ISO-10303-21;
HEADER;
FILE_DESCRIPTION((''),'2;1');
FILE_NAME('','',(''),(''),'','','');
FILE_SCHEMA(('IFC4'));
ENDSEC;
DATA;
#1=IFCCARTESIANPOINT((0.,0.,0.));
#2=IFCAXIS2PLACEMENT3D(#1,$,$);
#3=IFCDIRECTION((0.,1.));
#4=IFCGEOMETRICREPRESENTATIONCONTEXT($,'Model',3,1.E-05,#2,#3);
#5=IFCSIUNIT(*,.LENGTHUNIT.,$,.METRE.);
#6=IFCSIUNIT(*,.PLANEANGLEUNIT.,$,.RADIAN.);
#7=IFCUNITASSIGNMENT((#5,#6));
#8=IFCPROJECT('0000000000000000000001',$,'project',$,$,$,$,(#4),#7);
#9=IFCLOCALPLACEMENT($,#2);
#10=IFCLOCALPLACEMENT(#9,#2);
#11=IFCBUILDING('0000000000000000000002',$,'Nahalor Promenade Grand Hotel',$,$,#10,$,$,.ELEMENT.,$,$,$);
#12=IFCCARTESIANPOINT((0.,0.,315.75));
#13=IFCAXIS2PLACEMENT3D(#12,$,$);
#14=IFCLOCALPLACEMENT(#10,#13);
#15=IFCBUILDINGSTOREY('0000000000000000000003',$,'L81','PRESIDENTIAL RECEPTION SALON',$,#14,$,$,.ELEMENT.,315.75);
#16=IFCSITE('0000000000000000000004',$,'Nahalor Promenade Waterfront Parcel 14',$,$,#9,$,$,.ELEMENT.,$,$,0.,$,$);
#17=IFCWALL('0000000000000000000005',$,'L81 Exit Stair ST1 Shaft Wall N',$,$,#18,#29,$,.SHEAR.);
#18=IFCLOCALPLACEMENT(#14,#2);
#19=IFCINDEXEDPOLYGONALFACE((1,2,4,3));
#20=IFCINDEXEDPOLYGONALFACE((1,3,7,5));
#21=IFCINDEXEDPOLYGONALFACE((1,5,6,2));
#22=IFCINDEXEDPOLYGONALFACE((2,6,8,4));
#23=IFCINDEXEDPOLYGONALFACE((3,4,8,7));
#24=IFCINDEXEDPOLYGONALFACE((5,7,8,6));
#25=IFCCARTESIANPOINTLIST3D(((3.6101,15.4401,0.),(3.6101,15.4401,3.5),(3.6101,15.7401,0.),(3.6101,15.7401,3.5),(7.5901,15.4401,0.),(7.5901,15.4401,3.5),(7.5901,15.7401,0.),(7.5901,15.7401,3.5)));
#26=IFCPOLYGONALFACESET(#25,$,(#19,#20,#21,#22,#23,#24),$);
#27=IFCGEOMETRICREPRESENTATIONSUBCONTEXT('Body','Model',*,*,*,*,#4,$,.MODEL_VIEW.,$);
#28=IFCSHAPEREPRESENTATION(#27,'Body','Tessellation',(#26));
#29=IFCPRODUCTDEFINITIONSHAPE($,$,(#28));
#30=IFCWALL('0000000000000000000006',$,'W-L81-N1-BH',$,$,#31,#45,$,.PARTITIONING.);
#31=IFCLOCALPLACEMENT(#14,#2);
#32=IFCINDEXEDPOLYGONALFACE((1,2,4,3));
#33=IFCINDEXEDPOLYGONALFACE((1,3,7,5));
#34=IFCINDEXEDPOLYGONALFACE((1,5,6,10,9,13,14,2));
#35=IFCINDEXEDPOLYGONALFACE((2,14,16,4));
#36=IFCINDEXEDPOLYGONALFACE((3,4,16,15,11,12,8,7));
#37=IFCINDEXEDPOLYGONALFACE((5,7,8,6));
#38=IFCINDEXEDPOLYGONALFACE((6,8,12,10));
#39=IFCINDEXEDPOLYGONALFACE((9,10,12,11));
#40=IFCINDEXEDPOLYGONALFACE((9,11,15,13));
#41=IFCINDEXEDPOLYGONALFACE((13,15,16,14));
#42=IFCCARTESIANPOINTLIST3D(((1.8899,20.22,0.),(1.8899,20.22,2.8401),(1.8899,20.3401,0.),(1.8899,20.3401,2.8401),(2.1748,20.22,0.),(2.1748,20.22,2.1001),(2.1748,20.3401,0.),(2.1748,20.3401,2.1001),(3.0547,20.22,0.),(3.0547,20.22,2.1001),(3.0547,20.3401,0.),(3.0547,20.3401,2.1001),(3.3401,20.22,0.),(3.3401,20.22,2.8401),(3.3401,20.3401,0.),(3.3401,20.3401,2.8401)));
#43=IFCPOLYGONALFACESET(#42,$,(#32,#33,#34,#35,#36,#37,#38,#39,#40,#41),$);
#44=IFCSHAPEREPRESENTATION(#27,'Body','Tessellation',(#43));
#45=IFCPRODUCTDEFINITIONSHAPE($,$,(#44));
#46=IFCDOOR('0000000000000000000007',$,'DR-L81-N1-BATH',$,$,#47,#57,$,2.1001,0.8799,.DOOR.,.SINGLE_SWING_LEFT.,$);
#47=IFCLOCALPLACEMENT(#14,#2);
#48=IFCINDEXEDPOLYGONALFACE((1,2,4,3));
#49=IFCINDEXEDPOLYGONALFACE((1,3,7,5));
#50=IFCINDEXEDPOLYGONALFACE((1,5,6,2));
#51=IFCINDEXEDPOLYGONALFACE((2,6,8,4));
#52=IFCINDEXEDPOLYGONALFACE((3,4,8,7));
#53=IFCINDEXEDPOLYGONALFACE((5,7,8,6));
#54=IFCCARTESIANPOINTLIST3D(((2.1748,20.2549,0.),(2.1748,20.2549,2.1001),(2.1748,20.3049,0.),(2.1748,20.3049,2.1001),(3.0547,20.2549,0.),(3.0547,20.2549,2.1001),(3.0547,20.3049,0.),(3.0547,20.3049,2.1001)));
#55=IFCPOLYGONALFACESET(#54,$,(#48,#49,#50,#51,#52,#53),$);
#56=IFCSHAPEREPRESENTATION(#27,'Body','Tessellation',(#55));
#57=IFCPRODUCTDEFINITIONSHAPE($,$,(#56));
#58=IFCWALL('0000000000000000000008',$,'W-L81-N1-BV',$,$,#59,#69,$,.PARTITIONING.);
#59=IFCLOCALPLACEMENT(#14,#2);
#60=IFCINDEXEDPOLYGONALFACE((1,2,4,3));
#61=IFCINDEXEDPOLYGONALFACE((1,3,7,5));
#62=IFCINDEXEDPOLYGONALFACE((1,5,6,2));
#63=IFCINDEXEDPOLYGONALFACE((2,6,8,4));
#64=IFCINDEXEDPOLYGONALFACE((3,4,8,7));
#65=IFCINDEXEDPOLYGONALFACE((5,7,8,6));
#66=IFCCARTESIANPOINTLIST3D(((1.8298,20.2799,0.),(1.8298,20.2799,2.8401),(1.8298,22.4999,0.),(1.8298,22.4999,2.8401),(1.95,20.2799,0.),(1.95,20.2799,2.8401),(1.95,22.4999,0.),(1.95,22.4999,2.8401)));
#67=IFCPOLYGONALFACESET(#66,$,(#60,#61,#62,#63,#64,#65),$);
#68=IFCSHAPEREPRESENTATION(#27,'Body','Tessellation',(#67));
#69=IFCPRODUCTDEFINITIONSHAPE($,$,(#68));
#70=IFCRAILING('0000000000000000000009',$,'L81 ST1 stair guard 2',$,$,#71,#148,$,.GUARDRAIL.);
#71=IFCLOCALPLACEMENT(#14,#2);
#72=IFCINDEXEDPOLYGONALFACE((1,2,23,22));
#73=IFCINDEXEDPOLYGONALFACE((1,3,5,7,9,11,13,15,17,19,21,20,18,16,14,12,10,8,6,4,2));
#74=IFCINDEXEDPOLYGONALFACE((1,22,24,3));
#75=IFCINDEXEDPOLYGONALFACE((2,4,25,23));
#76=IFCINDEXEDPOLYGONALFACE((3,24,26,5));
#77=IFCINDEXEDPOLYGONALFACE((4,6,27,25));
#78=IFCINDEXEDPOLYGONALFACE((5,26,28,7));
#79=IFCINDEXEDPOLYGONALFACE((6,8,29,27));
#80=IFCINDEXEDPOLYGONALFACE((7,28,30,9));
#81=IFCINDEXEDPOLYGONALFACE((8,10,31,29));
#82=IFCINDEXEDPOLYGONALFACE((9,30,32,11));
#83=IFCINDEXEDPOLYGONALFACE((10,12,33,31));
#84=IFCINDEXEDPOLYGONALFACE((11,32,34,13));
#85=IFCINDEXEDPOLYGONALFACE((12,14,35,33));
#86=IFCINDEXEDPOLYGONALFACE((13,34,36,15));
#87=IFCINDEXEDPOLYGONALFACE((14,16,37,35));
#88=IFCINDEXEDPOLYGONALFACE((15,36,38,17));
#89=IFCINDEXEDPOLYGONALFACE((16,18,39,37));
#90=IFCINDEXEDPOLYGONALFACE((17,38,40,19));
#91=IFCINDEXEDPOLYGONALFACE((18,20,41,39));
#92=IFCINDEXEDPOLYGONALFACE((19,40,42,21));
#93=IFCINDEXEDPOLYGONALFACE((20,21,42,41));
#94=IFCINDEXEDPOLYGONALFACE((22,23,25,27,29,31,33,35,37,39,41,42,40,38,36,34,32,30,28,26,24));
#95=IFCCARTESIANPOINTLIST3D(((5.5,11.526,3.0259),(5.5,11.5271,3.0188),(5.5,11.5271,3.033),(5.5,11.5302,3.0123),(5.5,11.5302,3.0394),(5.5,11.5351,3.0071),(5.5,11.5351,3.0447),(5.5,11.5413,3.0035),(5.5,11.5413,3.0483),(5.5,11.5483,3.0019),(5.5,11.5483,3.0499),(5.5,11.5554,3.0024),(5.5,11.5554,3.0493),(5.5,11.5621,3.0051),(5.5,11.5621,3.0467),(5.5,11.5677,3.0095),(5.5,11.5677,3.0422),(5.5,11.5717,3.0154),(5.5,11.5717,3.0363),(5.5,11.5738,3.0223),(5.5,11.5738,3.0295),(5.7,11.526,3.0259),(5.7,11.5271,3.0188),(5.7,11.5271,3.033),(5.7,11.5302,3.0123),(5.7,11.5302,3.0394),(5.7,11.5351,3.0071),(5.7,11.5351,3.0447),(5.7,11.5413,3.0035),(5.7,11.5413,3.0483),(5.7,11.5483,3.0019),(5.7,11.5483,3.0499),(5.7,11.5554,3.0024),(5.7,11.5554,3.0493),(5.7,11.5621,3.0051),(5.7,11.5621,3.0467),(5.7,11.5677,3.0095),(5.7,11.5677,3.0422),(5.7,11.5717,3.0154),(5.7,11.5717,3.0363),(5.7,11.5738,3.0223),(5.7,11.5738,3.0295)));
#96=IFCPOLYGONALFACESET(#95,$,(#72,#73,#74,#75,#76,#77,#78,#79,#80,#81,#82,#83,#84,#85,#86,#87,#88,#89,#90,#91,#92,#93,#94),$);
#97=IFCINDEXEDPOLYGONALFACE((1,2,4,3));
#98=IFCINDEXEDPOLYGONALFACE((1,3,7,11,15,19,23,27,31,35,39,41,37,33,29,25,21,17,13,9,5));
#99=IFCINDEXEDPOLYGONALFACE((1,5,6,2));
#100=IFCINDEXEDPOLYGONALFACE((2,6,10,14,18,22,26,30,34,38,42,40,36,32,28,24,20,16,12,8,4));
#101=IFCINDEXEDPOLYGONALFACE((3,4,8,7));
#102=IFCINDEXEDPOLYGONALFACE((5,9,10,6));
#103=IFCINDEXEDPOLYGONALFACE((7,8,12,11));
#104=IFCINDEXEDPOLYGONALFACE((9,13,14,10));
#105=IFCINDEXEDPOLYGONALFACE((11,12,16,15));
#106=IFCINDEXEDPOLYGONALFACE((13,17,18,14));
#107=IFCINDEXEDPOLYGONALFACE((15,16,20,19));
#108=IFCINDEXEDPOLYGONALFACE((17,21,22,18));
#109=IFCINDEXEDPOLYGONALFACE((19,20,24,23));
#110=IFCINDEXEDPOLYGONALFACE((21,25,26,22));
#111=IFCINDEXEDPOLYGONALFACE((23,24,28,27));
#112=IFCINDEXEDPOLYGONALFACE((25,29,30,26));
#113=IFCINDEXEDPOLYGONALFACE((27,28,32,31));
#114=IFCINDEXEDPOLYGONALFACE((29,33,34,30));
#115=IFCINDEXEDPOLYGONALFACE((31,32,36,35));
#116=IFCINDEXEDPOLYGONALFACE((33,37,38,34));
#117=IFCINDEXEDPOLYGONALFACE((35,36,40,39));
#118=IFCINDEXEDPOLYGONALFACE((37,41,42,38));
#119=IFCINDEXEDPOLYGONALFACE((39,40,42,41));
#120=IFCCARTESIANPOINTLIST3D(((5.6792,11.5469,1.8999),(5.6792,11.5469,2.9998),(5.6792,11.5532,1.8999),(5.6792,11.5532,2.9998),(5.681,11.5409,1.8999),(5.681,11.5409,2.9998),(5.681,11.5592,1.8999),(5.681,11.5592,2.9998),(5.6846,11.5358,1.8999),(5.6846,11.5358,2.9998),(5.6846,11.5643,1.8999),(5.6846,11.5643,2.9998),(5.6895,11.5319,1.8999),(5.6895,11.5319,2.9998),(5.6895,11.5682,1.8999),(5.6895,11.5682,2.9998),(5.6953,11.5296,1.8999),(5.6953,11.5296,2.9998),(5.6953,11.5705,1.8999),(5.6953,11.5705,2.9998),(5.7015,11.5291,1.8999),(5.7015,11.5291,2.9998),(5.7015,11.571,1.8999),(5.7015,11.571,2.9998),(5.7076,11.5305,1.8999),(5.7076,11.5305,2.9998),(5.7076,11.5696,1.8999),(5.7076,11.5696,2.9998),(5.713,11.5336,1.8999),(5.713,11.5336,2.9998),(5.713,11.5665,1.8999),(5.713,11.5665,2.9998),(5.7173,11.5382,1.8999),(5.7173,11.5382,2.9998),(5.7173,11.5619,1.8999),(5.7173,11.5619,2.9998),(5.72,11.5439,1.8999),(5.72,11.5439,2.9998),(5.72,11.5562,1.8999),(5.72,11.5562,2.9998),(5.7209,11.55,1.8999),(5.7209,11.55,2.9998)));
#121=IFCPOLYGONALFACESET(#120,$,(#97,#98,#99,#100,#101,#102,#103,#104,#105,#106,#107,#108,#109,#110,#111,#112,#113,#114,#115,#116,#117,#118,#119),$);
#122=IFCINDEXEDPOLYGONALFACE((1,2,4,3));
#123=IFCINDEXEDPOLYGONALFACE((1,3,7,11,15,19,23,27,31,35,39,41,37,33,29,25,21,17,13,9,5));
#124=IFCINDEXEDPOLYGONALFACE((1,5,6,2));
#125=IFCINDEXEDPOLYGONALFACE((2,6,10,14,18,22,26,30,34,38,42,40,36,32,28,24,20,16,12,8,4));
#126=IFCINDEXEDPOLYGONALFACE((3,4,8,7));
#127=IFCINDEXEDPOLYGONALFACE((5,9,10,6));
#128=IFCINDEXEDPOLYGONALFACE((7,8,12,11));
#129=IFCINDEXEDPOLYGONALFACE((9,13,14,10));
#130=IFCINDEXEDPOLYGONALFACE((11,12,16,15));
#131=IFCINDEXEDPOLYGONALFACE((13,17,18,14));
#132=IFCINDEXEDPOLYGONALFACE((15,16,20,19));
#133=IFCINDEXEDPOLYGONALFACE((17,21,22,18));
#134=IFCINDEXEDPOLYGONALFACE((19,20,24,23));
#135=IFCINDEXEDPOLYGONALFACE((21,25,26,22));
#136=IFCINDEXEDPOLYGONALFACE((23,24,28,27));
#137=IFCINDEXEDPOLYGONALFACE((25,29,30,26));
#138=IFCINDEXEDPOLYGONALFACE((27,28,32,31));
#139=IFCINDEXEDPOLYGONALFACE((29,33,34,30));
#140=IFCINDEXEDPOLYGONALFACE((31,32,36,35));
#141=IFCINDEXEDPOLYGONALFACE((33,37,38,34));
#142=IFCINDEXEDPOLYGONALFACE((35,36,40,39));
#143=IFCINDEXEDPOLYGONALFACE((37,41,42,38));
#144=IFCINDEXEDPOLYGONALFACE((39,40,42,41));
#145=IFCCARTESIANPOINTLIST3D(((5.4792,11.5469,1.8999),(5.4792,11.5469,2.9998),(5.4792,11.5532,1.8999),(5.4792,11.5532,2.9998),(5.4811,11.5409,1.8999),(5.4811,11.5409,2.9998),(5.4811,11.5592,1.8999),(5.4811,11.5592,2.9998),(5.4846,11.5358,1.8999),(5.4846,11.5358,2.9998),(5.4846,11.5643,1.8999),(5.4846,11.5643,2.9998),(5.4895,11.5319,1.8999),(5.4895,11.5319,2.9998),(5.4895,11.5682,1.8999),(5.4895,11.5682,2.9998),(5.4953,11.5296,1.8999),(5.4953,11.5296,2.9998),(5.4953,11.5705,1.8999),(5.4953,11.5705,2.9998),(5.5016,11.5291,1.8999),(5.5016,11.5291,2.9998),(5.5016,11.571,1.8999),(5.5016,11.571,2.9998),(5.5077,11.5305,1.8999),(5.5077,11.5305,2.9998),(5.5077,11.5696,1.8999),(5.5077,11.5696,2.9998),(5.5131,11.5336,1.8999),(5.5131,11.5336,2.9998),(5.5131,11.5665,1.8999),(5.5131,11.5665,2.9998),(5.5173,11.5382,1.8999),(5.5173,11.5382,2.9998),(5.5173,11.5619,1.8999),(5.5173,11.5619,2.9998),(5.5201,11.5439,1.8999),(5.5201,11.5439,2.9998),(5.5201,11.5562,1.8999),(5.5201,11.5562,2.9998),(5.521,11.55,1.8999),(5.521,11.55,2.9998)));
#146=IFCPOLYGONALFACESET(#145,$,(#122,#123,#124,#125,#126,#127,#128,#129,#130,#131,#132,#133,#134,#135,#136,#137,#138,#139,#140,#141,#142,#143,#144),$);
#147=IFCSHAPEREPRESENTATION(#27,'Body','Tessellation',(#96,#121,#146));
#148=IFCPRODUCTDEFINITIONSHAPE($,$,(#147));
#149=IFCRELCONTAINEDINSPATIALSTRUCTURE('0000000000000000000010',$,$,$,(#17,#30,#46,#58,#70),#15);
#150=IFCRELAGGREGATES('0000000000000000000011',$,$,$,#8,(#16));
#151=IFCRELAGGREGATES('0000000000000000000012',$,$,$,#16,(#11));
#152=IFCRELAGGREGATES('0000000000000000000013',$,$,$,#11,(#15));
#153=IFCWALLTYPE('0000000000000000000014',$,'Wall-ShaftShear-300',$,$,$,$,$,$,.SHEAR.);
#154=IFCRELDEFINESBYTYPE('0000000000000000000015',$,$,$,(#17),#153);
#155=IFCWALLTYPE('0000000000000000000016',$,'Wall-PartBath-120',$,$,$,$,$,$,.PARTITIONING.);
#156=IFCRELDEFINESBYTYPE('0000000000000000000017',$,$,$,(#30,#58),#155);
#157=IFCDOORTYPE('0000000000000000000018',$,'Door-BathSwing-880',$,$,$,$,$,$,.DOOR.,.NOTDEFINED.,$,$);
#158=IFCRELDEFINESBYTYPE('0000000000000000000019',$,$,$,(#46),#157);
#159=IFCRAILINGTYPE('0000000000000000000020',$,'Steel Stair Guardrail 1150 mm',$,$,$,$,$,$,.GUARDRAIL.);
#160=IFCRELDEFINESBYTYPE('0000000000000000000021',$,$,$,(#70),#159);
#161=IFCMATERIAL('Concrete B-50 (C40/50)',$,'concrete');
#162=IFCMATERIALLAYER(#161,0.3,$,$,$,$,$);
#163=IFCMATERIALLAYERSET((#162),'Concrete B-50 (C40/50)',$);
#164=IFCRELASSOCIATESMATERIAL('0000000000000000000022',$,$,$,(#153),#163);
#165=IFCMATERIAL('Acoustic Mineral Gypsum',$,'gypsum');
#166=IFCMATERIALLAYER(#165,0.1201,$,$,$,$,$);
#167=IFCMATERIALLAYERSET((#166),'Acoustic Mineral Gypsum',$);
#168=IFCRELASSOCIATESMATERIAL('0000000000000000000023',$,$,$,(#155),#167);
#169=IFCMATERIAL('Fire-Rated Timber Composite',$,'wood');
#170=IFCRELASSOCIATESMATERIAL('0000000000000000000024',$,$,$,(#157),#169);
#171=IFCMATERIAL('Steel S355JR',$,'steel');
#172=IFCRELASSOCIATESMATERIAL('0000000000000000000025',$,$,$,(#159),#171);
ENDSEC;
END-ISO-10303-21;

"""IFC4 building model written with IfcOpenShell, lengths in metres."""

from ifc_helpers import new_model, si_unit, direction, frame, frame_2d, origin, origin_2d, place, context, subcontext, project, spatial, rectangle, circle, extrude, source, transform, mapped, material, layer, layer_set, type_object, element, fill, save


model = new_model("IFC4")

# Units and contexts
model_context = context("Model", 3, precision=1e-05, world=origin(), true_north=direction((0.0, 1.0)))
body_context = subcontext(model_context, "Body", "Model", "MODEL_VIEW")
ifc_project = project(units=[si_unit("LENGTHUNIT", "METRE"), si_unit("PLANEANGLEUNIT", "RADIAN")], contexts=[model_context])

# Site, building, storey
site_placement = place(None, origin())
site = spatial("IfcSite", under=ifc_project, at=site_placement, Name="Nahalor Promenade Waterfront Parcel 14", CompositionType="ELEMENT", RefElevation=0.0)
building_placement = place(site_placement, origin())
building = spatial("IfcBuilding", under=site, at=building_placement, Name="Nahalor Promenade Grand Hotel", CompositionType="ELEMENT")
storey_placement = place(building_placement, frame((0.0, 0.0, 315.75)))
storey = spatial("IfcBuildingStorey", under=building, at=storey_placement, Name="L81", Description="PRESIDENTIAL RECEPTION SALON", CompositionType="ELEMENT", Elevation=315.75)

# Shared definitions
ifc_material_1 = material(Name="Concrete B-50 (C40/50)", Category="concrete")
ifc_material_2 = material(Name="Steel S355JR", Category="steel")

# Wall
ifc_layer_1 = layer(ifc_material_1, 0.3)
ifc_layer_set_1 = layer_set([ifc_layer_1], Name="Concrete B-50 (C40/50)")
wall_type_1 = type_object("IfcWallType", Name="Wall-ShaftShear-300", PredefinedType="SHEAR", material=ifc_layer_set_1)
shared_shape_1 = source(origin(), body_context, "Body", "SweptSolid", [
    extrude(rectangle(XDim=3.98, YDim=0.3, at=frame_2d((1.99, 0.0))), origin(), (0.0, 0.0, 1.0), 3.5),
])
wall_1_placement = place(storey_placement, frame((3.6101, 15.5901, 0.0), z_axis=(0.0, 0.0, 1.0), x_axis=(1.0, 0.0, 0.0)))
element("IfcWall", 1, at=wall_1_placement, inside=storey, type_object=wall_type_1, Name="L81 Exit Stair ST1 Shaft Wall N", PredefinedType="SHEAR", context=body_context, shape_type="MappedRepresentation", body=[
    mapped(shared_shape_1, transform((0.0, 0.0, 0.0), scale=1.0)),
])

# Wall, opening, door
ifc_material_3 = material(Name="Acoustic Mineral Gypsum", Category="gypsum")
ifc_layer_2 = layer(ifc_material_3, 0.1201)
ifc_layer_set_2 = layer_set([ifc_layer_2], Name="Acoustic Mineral Gypsum")
wall_type_2 = type_object("IfcWallType", Name="Wall-PartBath-120", PredefinedType="PARTITIONING", material=ifc_layer_set_2)
shared_shape_2 = source(origin(), body_context, "Body", "SweptSolid", [
    extrude(rectangle(XDim=1.4502, YDim=0.1201, at=frame_2d((0.7251, 0.0))), origin(), (0.0, 0.0, 1.0), 2.8401),
])
wall_2_placement = place(storey_placement, frame((1.8899, 20.28, 0.0), z_axis=(0.0, 0.0, 1.0), x_axis=(1.0, 0.0, 0.0)))
wall_2 = element("IfcWall", 2, at=wall_2_placement, inside=storey, type_object=wall_type_2, Name="W-L81-N1-BH", PredefinedType="PARTITIONING", context=body_context, shape_type="MappedRepresentation", body=[
    mapped(shared_shape_2, transform((0.0, 0.0, 0.0), scale=1.0)),
])
opening_placement = place(wall_2_placement, frame((0.2849, 0.0, 0.0)))
opening = element("IfcOpeningElement", 3, at=opening_placement, cuts=wall_2, PredefinedType="OPENING", context=body_context, shape_type="SweptSolid", body=[
    extrude(rectangle(XDim=0.8799, YDim=2.1001, at=frame_2d((0.4399, 1.05))), frame((0.0, 0.0701, 0.0), z_axis=(0.0, -1.0, 0.0), x_axis=(1.0, 0.0, 0.0)), (0.0, 0.0, 1.0), 0.1401),
])
ifc_material_4 = material(Name="Fire-Rated Timber Composite", Category="wood")
door_type = type_object("IfcDoorType", Name="Door-BathSwing-880", OperationType="NOTDEFINED", PredefinedType="DOOR", material=ifc_material_4)
shared_shape_3 = source(origin(), body_context, "Body", "SweptSolid", [
    extrude(rectangle(XDim=0.8799, YDim=2.1001, at=frame_2d((0.4399, 1.05))), frame((0.0, 0.0249, 0.0), z_axis=(0.0, -1.0, 0.0), x_axis=(1.0, 0.0, 0.0)), (0.0, 0.0, 1.0), 0.05),
])
door_placement = place(opening_placement, origin())
door = element("IfcDoor", 4, at=door_placement, inside=storey, type_object=door_type, Name="DR-L81-N1-BATH", OperationType="SINGLE_SWING_LEFT", OverallHeight=2.1001, OverallWidth=0.8799, PredefinedType="DOOR", context=body_context, shape_type="MappedRepresentation", body=[
    mapped(shared_shape_3, transform((0.0, 0.0, 0.0), scale=1.0)),
])
fill(opening, door)

# Wall
shared_shape_4 = source(origin(), body_context, "Body", "SweptSolid", [
    extrude(rectangle(XDim=2.22, YDim=0.1201, at=frame_2d((1.1099, 0.0))), origin(), (0.0, 0.0, 1.0), 2.8401),
])
wall_3_placement = place(storey_placement, frame((1.8899, 20.28, 0.0), z_axis=(0.0, 0.0, 1.0), x_axis=(0.0, 1.0, 0.0)))
element("IfcWall", 5, at=wall_3_placement, inside=storey, type_object=wall_type_2, Name="W-L81-N1-BV", PredefinedType="PARTITIONING", context=body_context, shape_type="MappedRepresentation", body=[
    mapped(shared_shape_4, transform((0.0, 0.0, 0.0), scale=1.0)),
])

# Railing
railing_type = type_object("IfcRailingType", Name="Steel Stair Guardrail 1150 mm", PredefinedType="GUARDRAIL", material=ifc_material_2)
railing_1_placement = place(storey_placement, frame((5.7, 11.55, 1.8999)))
element("IfcRailing", 6, at=railing_1_placement, inside=storey, type_object=railing_type, Name="L81 ST1 stair guard 2", PredefinedType="GUARDRAIL", context=body_context, shape_type="SweptSolid", body=[
    extrude(circle(Radius=0.024, at=origin_2d()), frame((0.0, 0.0, 1.126), z_axis=(-1.0, 0.0, 0.0), x_axis=(0.0, -1.0, 0.0)), (0.0, 0.0, 1.0), 0.2),
    extrude(circle(Radius=0.021, at=origin_2d()), origin(), (0.0, 0.0, 1.0), 1.0999),
    extrude(circle(Radius=0.021, at=origin_2d()), frame((-0.2, 0.0, 0.0)), (0.0, 0.0, 1.0), 1.0999),
])

save(model, "model.ifc")
